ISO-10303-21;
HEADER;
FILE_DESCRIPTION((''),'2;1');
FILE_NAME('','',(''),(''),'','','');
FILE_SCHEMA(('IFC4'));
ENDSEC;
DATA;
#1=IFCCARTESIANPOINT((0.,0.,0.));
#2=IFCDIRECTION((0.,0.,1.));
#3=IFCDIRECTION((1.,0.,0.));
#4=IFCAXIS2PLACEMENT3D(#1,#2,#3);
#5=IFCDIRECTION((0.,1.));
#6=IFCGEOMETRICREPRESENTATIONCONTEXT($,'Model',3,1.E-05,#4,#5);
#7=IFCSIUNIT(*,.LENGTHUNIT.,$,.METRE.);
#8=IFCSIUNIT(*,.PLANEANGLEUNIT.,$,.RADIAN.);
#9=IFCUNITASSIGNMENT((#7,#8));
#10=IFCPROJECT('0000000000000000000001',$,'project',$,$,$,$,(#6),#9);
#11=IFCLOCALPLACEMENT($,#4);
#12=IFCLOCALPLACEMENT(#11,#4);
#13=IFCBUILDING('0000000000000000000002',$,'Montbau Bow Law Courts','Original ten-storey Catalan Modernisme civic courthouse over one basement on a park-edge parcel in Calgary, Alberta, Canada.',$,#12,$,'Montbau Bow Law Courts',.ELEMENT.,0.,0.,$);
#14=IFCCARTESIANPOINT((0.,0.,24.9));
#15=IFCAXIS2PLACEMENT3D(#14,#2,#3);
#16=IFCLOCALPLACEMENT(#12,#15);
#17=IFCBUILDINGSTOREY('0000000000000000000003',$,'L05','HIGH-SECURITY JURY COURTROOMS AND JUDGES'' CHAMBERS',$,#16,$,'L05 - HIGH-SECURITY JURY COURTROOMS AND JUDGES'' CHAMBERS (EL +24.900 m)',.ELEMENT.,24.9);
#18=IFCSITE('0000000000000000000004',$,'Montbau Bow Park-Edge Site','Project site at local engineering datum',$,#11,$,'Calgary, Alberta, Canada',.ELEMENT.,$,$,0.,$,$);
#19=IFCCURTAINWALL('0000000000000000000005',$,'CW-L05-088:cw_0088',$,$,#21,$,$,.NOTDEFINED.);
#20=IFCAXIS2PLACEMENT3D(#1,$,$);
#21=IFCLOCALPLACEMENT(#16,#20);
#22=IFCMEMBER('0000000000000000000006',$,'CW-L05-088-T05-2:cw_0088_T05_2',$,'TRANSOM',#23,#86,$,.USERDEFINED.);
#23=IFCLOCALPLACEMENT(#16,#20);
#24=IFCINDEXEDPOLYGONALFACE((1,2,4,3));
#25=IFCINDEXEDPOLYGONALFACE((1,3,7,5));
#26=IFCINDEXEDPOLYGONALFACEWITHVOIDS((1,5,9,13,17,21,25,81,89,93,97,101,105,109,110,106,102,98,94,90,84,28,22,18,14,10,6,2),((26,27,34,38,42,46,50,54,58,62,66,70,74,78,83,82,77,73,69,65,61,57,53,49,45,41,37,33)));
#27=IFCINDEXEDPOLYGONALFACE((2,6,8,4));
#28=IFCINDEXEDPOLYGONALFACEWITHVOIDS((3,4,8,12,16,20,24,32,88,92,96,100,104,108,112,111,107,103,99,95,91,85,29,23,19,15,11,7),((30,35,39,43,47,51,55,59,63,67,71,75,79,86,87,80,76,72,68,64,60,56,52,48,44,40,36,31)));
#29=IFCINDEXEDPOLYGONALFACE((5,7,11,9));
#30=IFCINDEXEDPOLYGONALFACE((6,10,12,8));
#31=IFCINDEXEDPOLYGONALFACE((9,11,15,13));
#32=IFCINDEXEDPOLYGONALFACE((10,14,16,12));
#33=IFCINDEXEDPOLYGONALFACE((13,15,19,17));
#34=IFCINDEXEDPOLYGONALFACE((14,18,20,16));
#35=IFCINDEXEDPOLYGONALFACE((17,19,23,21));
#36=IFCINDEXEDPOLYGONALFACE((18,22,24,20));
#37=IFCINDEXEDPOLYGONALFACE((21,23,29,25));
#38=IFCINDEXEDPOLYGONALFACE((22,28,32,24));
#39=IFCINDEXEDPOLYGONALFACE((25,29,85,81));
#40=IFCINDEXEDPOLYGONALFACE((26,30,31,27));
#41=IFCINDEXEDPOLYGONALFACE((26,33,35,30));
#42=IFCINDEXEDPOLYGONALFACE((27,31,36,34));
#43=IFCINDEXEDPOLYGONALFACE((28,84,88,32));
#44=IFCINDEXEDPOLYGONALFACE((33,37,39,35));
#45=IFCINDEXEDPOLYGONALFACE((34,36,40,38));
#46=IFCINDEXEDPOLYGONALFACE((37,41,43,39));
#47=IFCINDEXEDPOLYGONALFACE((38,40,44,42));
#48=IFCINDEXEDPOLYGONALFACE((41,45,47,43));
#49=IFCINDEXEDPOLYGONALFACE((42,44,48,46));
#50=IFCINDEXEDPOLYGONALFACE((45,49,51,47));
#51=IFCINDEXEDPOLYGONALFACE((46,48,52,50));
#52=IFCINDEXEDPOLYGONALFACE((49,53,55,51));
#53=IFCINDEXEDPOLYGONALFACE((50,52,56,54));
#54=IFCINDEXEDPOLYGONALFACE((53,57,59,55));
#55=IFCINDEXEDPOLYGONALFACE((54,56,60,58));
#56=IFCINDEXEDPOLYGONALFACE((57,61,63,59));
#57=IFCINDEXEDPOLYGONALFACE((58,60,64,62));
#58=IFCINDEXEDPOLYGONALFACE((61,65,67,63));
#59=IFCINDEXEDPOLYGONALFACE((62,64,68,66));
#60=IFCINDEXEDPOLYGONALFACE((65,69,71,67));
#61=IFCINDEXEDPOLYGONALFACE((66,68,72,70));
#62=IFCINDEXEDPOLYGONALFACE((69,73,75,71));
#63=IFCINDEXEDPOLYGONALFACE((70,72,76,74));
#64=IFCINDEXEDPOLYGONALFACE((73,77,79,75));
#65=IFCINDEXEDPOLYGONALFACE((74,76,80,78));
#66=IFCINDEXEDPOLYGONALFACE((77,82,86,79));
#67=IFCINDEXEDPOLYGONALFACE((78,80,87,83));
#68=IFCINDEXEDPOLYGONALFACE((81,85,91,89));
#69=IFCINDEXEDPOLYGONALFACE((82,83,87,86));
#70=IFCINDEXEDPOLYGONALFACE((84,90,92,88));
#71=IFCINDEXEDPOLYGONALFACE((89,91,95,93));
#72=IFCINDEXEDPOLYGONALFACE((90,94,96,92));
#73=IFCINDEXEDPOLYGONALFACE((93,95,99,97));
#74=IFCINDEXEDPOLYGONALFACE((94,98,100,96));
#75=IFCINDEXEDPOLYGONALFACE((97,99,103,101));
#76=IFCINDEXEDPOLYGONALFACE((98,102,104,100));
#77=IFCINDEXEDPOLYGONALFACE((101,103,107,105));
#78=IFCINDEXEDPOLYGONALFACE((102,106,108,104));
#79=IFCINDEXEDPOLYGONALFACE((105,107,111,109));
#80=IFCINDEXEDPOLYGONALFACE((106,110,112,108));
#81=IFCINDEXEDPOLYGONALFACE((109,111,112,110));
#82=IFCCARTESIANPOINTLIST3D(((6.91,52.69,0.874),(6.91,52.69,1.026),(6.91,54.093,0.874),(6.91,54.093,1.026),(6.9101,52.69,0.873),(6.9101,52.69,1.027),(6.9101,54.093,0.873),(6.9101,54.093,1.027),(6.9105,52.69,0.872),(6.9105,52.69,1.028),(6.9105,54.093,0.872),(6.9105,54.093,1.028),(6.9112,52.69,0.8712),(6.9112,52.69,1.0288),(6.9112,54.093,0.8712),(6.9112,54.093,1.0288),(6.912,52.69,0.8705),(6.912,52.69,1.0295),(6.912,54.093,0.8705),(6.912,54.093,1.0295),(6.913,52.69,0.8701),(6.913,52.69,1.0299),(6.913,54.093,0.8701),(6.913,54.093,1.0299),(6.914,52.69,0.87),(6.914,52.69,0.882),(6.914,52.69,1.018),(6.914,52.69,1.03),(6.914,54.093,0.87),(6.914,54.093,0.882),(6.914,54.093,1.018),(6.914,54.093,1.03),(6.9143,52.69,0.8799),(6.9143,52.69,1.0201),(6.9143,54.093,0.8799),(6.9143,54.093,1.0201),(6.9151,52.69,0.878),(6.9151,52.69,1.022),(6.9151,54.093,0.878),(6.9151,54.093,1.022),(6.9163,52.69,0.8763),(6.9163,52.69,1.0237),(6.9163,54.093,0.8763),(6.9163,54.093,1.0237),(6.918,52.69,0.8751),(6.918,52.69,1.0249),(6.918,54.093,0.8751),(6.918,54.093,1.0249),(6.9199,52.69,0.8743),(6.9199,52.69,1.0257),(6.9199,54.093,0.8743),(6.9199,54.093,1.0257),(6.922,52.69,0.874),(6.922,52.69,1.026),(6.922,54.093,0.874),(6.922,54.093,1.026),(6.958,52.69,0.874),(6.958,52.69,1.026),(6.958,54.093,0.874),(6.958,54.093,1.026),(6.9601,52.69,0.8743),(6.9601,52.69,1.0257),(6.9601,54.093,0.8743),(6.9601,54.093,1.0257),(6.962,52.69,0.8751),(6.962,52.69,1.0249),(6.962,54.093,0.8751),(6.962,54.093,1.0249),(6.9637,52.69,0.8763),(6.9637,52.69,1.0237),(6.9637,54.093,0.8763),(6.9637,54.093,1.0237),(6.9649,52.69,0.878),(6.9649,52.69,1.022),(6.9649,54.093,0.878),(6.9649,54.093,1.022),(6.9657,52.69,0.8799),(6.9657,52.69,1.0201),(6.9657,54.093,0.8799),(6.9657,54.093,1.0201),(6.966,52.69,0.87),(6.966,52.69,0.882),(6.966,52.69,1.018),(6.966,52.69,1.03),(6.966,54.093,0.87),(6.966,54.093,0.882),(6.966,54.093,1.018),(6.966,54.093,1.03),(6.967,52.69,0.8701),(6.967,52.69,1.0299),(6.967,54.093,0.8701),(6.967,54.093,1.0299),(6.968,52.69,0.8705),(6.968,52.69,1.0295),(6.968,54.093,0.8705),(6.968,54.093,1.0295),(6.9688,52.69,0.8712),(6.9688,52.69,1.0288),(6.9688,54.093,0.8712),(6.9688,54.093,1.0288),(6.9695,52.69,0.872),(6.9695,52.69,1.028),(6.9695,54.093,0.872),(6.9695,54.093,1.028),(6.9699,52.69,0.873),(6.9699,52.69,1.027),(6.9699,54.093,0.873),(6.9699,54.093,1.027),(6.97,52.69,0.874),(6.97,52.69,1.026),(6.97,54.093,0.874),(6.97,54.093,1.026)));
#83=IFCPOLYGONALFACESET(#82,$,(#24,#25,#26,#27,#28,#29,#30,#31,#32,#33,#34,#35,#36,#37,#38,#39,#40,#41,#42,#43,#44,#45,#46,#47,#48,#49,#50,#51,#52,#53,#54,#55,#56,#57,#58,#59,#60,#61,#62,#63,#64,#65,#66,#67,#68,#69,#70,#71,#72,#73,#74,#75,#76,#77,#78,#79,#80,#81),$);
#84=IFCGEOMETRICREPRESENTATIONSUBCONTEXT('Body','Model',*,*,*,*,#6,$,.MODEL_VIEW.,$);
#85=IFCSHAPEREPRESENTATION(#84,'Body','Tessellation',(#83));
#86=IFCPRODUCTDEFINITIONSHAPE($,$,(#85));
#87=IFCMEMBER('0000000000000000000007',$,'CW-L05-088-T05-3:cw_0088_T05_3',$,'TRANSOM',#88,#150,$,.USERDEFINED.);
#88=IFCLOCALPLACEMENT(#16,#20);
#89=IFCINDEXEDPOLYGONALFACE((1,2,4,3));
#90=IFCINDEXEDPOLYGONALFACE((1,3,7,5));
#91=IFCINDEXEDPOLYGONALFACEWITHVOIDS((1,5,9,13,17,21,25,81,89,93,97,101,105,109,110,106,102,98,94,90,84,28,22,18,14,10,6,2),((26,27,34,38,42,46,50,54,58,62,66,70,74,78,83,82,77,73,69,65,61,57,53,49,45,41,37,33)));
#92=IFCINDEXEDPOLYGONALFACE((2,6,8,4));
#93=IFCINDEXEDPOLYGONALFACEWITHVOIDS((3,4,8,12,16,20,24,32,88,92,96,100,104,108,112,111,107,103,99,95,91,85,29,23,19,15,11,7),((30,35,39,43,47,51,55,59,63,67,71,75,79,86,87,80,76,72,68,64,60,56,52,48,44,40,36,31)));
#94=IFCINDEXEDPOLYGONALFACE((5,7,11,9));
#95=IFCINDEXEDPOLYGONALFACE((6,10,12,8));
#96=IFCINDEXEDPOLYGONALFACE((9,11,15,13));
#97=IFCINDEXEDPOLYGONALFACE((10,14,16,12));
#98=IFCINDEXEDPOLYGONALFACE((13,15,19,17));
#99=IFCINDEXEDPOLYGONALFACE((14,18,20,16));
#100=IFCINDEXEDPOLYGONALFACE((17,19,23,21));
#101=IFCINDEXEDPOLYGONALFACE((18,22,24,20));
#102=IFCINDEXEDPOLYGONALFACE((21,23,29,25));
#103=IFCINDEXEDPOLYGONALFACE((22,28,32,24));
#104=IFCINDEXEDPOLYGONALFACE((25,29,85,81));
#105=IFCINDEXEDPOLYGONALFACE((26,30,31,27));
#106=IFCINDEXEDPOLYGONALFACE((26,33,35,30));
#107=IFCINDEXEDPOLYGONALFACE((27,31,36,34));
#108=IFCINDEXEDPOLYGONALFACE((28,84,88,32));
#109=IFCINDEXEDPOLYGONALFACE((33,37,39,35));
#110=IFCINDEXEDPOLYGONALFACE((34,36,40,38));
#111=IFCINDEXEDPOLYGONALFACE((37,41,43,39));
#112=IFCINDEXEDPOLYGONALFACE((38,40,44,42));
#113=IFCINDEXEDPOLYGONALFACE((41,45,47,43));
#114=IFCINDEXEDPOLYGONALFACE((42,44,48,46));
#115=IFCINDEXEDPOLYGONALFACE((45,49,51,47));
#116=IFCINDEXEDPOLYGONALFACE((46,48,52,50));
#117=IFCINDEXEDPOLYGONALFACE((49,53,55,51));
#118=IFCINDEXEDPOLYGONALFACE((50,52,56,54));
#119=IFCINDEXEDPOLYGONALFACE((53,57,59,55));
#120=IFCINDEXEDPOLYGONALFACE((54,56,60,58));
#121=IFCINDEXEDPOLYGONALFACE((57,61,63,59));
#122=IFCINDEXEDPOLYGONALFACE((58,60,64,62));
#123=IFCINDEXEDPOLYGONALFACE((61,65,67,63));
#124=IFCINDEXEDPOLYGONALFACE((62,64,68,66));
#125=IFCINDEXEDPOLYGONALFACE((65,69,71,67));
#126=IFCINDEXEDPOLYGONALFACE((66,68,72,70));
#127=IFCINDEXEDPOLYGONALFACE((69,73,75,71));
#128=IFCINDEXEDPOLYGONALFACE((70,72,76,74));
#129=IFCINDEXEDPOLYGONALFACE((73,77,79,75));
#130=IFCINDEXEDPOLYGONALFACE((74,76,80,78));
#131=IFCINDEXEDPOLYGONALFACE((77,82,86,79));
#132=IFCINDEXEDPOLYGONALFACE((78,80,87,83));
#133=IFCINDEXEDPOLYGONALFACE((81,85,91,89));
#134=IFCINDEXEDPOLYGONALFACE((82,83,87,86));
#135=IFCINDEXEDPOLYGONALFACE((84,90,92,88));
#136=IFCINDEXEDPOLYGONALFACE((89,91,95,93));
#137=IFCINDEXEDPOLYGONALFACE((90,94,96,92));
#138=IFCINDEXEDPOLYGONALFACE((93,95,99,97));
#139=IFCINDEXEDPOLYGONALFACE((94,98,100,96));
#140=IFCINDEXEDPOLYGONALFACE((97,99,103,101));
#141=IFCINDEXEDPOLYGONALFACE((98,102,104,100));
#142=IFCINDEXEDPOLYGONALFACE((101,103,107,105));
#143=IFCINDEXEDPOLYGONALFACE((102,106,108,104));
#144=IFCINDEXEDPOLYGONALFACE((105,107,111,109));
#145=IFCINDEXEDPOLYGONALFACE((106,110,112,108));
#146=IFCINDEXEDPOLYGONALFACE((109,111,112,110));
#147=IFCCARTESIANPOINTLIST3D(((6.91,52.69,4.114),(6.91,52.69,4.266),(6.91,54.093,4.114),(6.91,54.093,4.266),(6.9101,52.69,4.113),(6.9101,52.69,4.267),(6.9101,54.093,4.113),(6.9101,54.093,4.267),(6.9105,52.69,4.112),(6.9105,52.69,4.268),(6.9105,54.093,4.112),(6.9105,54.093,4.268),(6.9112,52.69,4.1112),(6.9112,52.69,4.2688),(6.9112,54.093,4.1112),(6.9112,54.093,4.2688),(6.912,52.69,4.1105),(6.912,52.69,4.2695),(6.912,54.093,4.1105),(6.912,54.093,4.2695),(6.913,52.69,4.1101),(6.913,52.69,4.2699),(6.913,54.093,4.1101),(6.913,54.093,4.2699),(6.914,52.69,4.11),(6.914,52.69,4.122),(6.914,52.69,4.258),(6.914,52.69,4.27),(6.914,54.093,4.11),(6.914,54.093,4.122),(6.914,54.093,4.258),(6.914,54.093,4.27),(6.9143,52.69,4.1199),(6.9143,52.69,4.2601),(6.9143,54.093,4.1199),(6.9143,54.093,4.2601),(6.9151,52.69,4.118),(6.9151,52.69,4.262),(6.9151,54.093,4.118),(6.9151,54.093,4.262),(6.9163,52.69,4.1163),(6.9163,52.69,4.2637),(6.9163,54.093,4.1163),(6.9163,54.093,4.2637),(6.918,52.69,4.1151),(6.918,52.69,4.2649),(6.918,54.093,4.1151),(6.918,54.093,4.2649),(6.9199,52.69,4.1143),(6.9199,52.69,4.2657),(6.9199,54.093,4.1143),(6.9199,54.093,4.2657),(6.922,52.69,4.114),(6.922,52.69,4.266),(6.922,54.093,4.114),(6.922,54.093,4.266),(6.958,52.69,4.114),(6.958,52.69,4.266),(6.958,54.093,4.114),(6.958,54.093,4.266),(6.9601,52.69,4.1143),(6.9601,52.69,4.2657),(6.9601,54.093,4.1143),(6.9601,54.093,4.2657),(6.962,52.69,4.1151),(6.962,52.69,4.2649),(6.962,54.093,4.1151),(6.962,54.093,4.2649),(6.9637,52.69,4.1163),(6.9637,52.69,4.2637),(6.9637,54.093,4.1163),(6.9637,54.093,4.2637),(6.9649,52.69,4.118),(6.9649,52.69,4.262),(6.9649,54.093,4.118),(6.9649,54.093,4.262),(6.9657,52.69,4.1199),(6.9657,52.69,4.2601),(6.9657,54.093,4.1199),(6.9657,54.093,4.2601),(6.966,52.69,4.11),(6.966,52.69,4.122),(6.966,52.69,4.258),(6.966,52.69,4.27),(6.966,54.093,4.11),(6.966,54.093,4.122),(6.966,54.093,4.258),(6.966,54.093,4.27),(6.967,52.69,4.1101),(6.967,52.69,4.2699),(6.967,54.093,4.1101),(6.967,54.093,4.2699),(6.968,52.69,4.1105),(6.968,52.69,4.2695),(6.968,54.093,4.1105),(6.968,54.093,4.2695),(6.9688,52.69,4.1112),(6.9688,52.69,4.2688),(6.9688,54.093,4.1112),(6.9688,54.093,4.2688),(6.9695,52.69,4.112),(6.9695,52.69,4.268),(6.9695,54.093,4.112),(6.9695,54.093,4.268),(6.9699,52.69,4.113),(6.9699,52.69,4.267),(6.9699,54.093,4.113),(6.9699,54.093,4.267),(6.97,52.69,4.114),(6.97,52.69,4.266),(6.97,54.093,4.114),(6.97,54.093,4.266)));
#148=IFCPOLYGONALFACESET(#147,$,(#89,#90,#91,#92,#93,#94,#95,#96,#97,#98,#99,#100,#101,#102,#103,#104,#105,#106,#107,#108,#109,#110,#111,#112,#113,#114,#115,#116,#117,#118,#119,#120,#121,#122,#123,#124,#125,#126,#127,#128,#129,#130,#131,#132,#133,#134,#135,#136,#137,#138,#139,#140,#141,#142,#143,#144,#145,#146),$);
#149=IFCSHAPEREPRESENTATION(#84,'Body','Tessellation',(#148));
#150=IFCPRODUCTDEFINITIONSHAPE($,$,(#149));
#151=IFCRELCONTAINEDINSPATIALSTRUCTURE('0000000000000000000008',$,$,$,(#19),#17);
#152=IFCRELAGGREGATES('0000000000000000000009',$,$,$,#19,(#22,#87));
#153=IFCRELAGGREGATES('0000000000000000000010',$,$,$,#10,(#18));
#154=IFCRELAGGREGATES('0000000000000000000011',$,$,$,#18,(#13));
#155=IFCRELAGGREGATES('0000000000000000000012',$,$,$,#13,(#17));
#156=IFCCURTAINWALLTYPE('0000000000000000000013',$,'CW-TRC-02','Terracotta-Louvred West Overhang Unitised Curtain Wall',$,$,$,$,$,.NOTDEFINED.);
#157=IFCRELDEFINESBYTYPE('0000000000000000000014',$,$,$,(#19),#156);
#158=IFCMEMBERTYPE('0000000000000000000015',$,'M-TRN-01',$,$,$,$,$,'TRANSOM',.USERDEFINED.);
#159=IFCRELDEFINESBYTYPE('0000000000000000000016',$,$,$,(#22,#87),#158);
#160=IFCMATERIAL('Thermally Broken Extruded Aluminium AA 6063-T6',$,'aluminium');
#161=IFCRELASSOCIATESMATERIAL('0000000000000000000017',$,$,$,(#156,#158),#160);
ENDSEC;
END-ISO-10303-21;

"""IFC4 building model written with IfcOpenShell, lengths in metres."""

from ifc_helpers import new_model, si_unit, direction, frame, origin_with_axes, origin_2d_with_axis, place, context, subcontext, project, spatial, hollow_rectangle, extrude, material, material_profile, profile_set, type_object, element, aggregate, save


model = new_model("IFC4")

# Units and contexts
model_context = context("Model", 3, precision=1e-05, world=origin_with_axes(), true_north=direction((0.0, 1.0)))
body_context = subcontext(model_context, "Body", "Model", "MODEL_VIEW")
ifc_project = project(units=[si_unit("LENGTHUNIT", "METRE"), si_unit("PLANEANGLEUNIT", "RADIAN")], contexts=[model_context])

# Site, building, storey
site_placement = place(None, origin_with_axes())
site = spatial("IfcSite", under=ifc_project, at=site_placement, Name="Montbau Bow Park-Edge Site", Description="Project site at local engineering datum", LongName="Calgary, Alberta, Canada", CompositionType="ELEMENT", RefElevation=0.0)
building_placement = place(site_placement, origin_with_axes())
building = spatial("IfcBuilding", under=site, at=building_placement, Name="Montbau Bow Law Courts", Description="Original ten-storey Catalan Modernisme civic courthouse over one basement on a park-edge parcel in Calgary, Alberta, Canada.", LongName="Montbau Bow Law Courts", CompositionType="ELEMENT", ElevationOfRefHeight=0.0, ElevationOfTerrain=0.0)
storey_placement = place(building_placement, frame((0.0, 0.0, 24.9), z_axis=(0.0, 0.0, 1.0), x_axis=(1.0, 0.0, 0.0)))
storey = spatial("IfcBuildingStorey", under=building, at=storey_placement, Name="L05", Description="HIGH-SECURITY JURY COURTROOMS AND JUDGES' CHAMBERS", LongName="L05 - HIGH-SECURITY JURY COURTROOMS AND JUDGES' CHAMBERS (EL +24.900 m)", CompositionType="ELEMENT", Elevation=24.9)

# Curtain wall, members
ifc_material_1 = material(Name="Thermally Broken Extruded Aluminium AA 6063-T6", Category="aluminium")
curtain_wall_type = type_object("IfcCurtainWallType", Name="CW-TRC-02", Description="Terracotta-Louvred West Overhang Unitised Curtain Wall", PredefinedType="NOTDEFINED", material=ifc_material_1)
curtain_wall_1_placement = place(None, frame((6.94, 46.64, 24.9), z_axis=(0.0, 0.0, 1.0), x_axis=(1.0, 0.0, 0.0)))
curtain_wall_1 = element("IfcCurtainWall", 1, at=curtain_wall_1_placement, inside=storey, type_object=curtain_wall_type, Name="CW-L05-088:cw_0088", PredefinedType="NOTDEFINED")
ifc_material_profile_1 = material_profile(ifc_material_1, hollow_rectangle(XDim=0.06, YDim=0.16, WallThickness=0.004, InnerFilletRadius=0.008, OuterFilletRadius=0.004, at=origin_2d_with_axis()), Name="CWT-160X60", Category="Main", Priority=0)
ifc_profile_set_1 = profile_set([ifc_material_profile_1], Name="Thermally Broken Extruded Aluminium AA 6063-T6")
member_type_1 = type_object("IfcMemberType", Name="M-TRN-01", ElementType="TRANSOM", PredefinedType="USERDEFINED", material=ifc_profile_set_1)
member_1_placement = place(None, frame((6.94, 52.69, 25.85), z_axis=(0.0, 1.0, 0.0), x_axis=(-1.0, 0.0, 0.0)))
member_1 = element("IfcMember", 2, at=member_1_placement, type_object=member_type_1, Name="CW-L05-088-T05-2:cw_0088_T05_2", ObjectType="TRANSOM", PredefinedType="USERDEFINED", context=body_context, shape_type="SweptSolid", body=[
    extrude(hollow_rectangle(XDim=0.06, YDim=0.16, WallThickness=0.004, InnerFilletRadius=0.008, OuterFilletRadius=0.004, at=origin_2d_with_axis()), origin_with_axes(), (0.0, 0.0, 1.0), 1.403),
])
member_2_placement = place(None, frame((6.94, 52.69, 29.09), z_axis=(0.0, 1.0, 0.0), x_axis=(-1.0, 0.0, 0.0)))
member_2 = element("IfcMember", 3, at=member_2_placement, type_object=member_type_1, Name="CW-L05-088-T05-3:cw_0088_T05_3", ObjectType="TRANSOM", PredefinedType="USERDEFINED", context=body_context, shape_type="SweptSolid", body=[
    extrude(hollow_rectangle(XDim=0.06, YDim=0.16, WallThickness=0.004, InnerFilletRadius=0.008, OuterFilletRadius=0.004, at=origin_2d_with_axis()), origin_with_axes(), (0.0, 0.0, 1.0), 1.403),
])

aggregate(curtain_wall_1, [member_1, member_2])

save(model, "model.ifc")
